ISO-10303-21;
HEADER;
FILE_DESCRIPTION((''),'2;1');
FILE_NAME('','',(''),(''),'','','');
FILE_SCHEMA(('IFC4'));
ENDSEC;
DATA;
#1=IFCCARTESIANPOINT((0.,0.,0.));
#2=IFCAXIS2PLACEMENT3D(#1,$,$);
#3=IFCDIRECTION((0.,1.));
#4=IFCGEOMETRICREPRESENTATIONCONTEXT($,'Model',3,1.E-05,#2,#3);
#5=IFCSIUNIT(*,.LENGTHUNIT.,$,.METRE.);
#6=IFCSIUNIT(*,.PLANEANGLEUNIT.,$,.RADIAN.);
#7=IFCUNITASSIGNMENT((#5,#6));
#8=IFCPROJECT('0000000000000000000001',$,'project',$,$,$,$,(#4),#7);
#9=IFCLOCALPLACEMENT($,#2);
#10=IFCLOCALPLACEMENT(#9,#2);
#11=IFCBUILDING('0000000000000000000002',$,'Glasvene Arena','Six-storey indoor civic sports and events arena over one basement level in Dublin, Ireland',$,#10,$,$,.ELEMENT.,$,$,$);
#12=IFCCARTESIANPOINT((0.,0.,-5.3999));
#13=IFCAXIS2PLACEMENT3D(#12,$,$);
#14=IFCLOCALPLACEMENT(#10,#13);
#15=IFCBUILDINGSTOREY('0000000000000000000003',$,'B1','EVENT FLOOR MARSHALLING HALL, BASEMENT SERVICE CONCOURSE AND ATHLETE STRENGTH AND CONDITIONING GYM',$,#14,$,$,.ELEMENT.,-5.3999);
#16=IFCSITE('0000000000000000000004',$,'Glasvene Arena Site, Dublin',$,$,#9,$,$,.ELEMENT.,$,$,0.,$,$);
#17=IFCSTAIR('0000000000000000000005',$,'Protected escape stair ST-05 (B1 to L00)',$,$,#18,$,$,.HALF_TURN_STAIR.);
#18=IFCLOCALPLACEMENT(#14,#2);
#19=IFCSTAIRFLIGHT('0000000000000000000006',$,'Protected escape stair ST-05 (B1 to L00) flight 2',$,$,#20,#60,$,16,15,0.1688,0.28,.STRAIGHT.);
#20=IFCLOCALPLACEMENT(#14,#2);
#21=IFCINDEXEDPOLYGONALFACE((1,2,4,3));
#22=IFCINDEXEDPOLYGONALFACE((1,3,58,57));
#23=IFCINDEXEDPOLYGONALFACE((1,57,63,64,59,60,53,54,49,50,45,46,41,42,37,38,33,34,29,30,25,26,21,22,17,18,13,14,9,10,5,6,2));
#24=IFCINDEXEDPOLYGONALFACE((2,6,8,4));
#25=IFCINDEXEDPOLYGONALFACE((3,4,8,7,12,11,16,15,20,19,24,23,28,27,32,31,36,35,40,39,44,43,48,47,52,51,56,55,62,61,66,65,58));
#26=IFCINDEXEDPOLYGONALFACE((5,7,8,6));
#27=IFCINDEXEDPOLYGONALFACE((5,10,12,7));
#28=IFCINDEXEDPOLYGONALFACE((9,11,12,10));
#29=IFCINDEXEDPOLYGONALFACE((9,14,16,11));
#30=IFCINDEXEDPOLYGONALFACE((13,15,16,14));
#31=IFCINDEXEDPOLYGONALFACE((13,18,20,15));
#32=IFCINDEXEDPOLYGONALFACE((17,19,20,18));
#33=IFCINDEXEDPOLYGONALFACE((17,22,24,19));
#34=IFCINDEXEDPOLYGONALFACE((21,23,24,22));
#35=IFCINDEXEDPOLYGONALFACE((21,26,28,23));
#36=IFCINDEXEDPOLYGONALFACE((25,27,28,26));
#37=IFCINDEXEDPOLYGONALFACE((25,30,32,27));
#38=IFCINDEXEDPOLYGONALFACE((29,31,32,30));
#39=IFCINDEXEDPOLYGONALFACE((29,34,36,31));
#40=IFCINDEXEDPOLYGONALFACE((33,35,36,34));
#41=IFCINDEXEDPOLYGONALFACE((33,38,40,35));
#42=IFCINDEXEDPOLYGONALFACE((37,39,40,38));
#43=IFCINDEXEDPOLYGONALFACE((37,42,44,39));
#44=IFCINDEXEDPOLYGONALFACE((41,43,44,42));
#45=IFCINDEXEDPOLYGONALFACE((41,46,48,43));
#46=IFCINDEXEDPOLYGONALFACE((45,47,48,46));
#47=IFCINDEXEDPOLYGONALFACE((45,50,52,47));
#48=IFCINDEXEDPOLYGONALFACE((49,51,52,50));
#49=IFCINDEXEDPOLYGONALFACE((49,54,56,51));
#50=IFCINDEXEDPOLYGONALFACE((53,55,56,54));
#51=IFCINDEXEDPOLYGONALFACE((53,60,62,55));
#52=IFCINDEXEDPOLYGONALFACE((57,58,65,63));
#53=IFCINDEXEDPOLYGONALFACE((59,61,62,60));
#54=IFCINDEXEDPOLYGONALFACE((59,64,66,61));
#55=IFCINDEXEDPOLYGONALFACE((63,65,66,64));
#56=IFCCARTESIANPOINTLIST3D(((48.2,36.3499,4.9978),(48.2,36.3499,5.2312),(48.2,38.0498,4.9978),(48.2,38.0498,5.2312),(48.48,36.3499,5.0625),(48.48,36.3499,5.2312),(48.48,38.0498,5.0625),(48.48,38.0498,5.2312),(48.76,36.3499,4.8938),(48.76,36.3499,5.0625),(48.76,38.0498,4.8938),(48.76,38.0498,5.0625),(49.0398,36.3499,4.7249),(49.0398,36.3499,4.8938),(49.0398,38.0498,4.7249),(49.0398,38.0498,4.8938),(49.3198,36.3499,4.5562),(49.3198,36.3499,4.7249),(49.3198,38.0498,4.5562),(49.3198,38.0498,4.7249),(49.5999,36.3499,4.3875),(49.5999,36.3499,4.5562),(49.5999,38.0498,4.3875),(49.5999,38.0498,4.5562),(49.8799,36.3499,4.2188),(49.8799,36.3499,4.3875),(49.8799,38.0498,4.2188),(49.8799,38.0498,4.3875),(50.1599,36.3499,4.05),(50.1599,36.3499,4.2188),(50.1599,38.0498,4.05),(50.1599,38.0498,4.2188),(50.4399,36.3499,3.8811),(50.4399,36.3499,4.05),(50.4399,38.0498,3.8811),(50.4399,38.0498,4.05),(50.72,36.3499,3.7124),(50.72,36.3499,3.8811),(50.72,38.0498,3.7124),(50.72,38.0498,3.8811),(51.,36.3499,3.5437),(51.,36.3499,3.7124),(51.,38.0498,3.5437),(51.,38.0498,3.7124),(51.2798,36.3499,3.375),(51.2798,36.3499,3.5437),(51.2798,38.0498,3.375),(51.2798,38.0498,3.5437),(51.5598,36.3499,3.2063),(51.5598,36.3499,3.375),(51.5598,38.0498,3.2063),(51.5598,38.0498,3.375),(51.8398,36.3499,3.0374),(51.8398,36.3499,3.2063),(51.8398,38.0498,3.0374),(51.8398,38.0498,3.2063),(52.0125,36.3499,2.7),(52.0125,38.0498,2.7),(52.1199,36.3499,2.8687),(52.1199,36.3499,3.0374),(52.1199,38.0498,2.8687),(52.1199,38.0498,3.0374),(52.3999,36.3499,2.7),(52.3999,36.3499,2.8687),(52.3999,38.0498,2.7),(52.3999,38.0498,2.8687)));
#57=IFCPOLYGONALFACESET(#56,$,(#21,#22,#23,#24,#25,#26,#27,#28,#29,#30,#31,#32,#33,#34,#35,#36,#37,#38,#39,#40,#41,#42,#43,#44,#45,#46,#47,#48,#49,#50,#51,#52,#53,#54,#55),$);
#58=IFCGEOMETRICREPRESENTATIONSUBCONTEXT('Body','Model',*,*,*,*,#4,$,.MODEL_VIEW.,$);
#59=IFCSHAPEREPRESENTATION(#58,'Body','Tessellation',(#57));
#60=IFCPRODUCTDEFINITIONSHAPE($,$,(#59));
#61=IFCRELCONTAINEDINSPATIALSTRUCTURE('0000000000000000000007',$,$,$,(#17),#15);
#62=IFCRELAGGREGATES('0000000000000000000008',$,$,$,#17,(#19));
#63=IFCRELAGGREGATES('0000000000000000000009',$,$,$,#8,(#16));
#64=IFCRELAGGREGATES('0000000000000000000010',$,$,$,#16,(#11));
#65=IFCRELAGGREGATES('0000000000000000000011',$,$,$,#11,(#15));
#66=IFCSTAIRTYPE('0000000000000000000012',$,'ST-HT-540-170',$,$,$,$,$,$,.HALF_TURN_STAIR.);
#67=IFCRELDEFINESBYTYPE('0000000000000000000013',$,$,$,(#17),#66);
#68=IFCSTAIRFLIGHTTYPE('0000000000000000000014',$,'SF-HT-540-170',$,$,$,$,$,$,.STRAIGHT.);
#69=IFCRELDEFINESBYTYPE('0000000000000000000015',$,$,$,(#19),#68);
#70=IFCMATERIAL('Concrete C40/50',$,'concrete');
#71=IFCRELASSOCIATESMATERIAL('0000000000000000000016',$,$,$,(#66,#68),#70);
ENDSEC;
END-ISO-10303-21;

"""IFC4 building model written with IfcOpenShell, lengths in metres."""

from ifc_helpers import new_model, si_unit, direction, frame, origin, place, context, subcontext, project, spatial, polyline, outline, extrude, material, type_object, element, aggregate, save


model = new_model("IFC4")

# Units and contexts
model_context = context("Model", 3, precision=1e-05, world=origin(), true_north=direction((0.0, 1.0)))
body_context = subcontext(model_context, "Body", "Model", "MODEL_VIEW")
ifc_project = project(units=[si_unit("LENGTHUNIT", "METRE"), si_unit("PLANEANGLEUNIT", "RADIAN")], contexts=[model_context])

# Site, building, storey
site_placement = place(None, origin())
site = spatial("IfcSite", under=ifc_project, at=site_placement, Name="Glasvene Arena Site, Dublin", CompositionType="ELEMENT", RefElevation=0.0)
building_placement = place(site_placement, origin())
building = spatial("IfcBuilding", under=site, at=building_placement, Name="Glasvene Arena", Description="Six-storey indoor civic sports and events arena over one basement level in Dublin, Ireland", CompositionType="ELEMENT")
storey_placement = place(building_placement, frame((0.0, 0.0, -5.3999)))
storey = spatial("IfcBuildingStorey", under=building, at=storey_placement, Name="B1", Description="EVENT FLOOR MARSHALLING HALL, BASEMENT SERVICE CONCOURSE AND ATHLETE STRENGTH AND CONDITIONING GYM", CompositionType="ELEMENT", Elevation=-5.3999)

# Shared definitions
ifc_material_1 = material(Name="Concrete C40/50", Category="concrete")

# Stair
stair_type = type_object("IfcStairType", Name="ST-HT-540-170", PredefinedType="HALF_TURN_STAIR", material=ifc_material_1)
stair_placement = place(storey_placement, origin())
stair = element("IfcStair", 1, at=stair_placement, inside=storey, type_object=stair_type, Name="Protected escape stair ST-05 (B1 to L00)", PredefinedType="HALF_TURN_STAIR")

# Stair flight
stair_flight_type = type_object("IfcStairFlightType", Name="SF-HT-540-170", PredefinedType="STRAIGHT", material=ifc_material_1)
stair_flight_1_placement = place(storey_placement, frame((52.3999, 37.2, 2.7), z_axis=(0.0, 0.0, 1.0), x_axis=(-1.0, 0.0, 0.0)))
stair_flight_1 = element("IfcStairFlight", 2, at=stair_flight_1_placement, type_object=stair_flight_type, Name="Protected escape stair ST-05 (B1 to L00) flight 2", NumberOfRisers=16, NumberOfTreads=15, PredefinedType="STRAIGHT", RiserHeight=0.1688, TreadLength=0.28, context=body_context, shape_type="SweptSolid", body=[
    extrude(outline(polyline([(0.0, 0.0), (0.0, 0.1687), (0.28, 0.1687), (0.28, 0.3374), (0.5601, 0.3374), (0.5601, 0.5063), (0.8401, 0.5063), (0.8401, 0.675), (1.1201, 0.675), (1.1201, 0.8438), (1.3999, 0.8438), (1.3999, 1.0125), (1.6799, 1.0125), (1.6799, 1.1812), (1.96, 1.1812), (1.96, 1.3501), (2.24, 1.3501), (2.24, 1.5188), (2.52, 1.5188), (2.52, 1.6875), (2.8, 1.6875), (2.8, 1.8562), (3.0801, 1.8562), (3.0801, 2.0249), (3.3601, 2.0249), (3.3601, 2.1938), (3.6399, 2.1938), (3.6399, 2.3625), (3.9199, 2.3625), (3.9199, 2.5312), (4.2, 2.5312), (4.2, 2.7), (4.2, 2.2979), (0.3875, 0.0), (0.0, 0.0)])), frame((0.0, 0.8501, 0.0), z_axis=(0.0, -1.0, 0.0), x_axis=(1.0, 0.0, 0.0)), (0.0, 0.0, 1.0), 1.7),
])
aggregate(stair, [stair_flight_1])

save(model, "model.ifc")
